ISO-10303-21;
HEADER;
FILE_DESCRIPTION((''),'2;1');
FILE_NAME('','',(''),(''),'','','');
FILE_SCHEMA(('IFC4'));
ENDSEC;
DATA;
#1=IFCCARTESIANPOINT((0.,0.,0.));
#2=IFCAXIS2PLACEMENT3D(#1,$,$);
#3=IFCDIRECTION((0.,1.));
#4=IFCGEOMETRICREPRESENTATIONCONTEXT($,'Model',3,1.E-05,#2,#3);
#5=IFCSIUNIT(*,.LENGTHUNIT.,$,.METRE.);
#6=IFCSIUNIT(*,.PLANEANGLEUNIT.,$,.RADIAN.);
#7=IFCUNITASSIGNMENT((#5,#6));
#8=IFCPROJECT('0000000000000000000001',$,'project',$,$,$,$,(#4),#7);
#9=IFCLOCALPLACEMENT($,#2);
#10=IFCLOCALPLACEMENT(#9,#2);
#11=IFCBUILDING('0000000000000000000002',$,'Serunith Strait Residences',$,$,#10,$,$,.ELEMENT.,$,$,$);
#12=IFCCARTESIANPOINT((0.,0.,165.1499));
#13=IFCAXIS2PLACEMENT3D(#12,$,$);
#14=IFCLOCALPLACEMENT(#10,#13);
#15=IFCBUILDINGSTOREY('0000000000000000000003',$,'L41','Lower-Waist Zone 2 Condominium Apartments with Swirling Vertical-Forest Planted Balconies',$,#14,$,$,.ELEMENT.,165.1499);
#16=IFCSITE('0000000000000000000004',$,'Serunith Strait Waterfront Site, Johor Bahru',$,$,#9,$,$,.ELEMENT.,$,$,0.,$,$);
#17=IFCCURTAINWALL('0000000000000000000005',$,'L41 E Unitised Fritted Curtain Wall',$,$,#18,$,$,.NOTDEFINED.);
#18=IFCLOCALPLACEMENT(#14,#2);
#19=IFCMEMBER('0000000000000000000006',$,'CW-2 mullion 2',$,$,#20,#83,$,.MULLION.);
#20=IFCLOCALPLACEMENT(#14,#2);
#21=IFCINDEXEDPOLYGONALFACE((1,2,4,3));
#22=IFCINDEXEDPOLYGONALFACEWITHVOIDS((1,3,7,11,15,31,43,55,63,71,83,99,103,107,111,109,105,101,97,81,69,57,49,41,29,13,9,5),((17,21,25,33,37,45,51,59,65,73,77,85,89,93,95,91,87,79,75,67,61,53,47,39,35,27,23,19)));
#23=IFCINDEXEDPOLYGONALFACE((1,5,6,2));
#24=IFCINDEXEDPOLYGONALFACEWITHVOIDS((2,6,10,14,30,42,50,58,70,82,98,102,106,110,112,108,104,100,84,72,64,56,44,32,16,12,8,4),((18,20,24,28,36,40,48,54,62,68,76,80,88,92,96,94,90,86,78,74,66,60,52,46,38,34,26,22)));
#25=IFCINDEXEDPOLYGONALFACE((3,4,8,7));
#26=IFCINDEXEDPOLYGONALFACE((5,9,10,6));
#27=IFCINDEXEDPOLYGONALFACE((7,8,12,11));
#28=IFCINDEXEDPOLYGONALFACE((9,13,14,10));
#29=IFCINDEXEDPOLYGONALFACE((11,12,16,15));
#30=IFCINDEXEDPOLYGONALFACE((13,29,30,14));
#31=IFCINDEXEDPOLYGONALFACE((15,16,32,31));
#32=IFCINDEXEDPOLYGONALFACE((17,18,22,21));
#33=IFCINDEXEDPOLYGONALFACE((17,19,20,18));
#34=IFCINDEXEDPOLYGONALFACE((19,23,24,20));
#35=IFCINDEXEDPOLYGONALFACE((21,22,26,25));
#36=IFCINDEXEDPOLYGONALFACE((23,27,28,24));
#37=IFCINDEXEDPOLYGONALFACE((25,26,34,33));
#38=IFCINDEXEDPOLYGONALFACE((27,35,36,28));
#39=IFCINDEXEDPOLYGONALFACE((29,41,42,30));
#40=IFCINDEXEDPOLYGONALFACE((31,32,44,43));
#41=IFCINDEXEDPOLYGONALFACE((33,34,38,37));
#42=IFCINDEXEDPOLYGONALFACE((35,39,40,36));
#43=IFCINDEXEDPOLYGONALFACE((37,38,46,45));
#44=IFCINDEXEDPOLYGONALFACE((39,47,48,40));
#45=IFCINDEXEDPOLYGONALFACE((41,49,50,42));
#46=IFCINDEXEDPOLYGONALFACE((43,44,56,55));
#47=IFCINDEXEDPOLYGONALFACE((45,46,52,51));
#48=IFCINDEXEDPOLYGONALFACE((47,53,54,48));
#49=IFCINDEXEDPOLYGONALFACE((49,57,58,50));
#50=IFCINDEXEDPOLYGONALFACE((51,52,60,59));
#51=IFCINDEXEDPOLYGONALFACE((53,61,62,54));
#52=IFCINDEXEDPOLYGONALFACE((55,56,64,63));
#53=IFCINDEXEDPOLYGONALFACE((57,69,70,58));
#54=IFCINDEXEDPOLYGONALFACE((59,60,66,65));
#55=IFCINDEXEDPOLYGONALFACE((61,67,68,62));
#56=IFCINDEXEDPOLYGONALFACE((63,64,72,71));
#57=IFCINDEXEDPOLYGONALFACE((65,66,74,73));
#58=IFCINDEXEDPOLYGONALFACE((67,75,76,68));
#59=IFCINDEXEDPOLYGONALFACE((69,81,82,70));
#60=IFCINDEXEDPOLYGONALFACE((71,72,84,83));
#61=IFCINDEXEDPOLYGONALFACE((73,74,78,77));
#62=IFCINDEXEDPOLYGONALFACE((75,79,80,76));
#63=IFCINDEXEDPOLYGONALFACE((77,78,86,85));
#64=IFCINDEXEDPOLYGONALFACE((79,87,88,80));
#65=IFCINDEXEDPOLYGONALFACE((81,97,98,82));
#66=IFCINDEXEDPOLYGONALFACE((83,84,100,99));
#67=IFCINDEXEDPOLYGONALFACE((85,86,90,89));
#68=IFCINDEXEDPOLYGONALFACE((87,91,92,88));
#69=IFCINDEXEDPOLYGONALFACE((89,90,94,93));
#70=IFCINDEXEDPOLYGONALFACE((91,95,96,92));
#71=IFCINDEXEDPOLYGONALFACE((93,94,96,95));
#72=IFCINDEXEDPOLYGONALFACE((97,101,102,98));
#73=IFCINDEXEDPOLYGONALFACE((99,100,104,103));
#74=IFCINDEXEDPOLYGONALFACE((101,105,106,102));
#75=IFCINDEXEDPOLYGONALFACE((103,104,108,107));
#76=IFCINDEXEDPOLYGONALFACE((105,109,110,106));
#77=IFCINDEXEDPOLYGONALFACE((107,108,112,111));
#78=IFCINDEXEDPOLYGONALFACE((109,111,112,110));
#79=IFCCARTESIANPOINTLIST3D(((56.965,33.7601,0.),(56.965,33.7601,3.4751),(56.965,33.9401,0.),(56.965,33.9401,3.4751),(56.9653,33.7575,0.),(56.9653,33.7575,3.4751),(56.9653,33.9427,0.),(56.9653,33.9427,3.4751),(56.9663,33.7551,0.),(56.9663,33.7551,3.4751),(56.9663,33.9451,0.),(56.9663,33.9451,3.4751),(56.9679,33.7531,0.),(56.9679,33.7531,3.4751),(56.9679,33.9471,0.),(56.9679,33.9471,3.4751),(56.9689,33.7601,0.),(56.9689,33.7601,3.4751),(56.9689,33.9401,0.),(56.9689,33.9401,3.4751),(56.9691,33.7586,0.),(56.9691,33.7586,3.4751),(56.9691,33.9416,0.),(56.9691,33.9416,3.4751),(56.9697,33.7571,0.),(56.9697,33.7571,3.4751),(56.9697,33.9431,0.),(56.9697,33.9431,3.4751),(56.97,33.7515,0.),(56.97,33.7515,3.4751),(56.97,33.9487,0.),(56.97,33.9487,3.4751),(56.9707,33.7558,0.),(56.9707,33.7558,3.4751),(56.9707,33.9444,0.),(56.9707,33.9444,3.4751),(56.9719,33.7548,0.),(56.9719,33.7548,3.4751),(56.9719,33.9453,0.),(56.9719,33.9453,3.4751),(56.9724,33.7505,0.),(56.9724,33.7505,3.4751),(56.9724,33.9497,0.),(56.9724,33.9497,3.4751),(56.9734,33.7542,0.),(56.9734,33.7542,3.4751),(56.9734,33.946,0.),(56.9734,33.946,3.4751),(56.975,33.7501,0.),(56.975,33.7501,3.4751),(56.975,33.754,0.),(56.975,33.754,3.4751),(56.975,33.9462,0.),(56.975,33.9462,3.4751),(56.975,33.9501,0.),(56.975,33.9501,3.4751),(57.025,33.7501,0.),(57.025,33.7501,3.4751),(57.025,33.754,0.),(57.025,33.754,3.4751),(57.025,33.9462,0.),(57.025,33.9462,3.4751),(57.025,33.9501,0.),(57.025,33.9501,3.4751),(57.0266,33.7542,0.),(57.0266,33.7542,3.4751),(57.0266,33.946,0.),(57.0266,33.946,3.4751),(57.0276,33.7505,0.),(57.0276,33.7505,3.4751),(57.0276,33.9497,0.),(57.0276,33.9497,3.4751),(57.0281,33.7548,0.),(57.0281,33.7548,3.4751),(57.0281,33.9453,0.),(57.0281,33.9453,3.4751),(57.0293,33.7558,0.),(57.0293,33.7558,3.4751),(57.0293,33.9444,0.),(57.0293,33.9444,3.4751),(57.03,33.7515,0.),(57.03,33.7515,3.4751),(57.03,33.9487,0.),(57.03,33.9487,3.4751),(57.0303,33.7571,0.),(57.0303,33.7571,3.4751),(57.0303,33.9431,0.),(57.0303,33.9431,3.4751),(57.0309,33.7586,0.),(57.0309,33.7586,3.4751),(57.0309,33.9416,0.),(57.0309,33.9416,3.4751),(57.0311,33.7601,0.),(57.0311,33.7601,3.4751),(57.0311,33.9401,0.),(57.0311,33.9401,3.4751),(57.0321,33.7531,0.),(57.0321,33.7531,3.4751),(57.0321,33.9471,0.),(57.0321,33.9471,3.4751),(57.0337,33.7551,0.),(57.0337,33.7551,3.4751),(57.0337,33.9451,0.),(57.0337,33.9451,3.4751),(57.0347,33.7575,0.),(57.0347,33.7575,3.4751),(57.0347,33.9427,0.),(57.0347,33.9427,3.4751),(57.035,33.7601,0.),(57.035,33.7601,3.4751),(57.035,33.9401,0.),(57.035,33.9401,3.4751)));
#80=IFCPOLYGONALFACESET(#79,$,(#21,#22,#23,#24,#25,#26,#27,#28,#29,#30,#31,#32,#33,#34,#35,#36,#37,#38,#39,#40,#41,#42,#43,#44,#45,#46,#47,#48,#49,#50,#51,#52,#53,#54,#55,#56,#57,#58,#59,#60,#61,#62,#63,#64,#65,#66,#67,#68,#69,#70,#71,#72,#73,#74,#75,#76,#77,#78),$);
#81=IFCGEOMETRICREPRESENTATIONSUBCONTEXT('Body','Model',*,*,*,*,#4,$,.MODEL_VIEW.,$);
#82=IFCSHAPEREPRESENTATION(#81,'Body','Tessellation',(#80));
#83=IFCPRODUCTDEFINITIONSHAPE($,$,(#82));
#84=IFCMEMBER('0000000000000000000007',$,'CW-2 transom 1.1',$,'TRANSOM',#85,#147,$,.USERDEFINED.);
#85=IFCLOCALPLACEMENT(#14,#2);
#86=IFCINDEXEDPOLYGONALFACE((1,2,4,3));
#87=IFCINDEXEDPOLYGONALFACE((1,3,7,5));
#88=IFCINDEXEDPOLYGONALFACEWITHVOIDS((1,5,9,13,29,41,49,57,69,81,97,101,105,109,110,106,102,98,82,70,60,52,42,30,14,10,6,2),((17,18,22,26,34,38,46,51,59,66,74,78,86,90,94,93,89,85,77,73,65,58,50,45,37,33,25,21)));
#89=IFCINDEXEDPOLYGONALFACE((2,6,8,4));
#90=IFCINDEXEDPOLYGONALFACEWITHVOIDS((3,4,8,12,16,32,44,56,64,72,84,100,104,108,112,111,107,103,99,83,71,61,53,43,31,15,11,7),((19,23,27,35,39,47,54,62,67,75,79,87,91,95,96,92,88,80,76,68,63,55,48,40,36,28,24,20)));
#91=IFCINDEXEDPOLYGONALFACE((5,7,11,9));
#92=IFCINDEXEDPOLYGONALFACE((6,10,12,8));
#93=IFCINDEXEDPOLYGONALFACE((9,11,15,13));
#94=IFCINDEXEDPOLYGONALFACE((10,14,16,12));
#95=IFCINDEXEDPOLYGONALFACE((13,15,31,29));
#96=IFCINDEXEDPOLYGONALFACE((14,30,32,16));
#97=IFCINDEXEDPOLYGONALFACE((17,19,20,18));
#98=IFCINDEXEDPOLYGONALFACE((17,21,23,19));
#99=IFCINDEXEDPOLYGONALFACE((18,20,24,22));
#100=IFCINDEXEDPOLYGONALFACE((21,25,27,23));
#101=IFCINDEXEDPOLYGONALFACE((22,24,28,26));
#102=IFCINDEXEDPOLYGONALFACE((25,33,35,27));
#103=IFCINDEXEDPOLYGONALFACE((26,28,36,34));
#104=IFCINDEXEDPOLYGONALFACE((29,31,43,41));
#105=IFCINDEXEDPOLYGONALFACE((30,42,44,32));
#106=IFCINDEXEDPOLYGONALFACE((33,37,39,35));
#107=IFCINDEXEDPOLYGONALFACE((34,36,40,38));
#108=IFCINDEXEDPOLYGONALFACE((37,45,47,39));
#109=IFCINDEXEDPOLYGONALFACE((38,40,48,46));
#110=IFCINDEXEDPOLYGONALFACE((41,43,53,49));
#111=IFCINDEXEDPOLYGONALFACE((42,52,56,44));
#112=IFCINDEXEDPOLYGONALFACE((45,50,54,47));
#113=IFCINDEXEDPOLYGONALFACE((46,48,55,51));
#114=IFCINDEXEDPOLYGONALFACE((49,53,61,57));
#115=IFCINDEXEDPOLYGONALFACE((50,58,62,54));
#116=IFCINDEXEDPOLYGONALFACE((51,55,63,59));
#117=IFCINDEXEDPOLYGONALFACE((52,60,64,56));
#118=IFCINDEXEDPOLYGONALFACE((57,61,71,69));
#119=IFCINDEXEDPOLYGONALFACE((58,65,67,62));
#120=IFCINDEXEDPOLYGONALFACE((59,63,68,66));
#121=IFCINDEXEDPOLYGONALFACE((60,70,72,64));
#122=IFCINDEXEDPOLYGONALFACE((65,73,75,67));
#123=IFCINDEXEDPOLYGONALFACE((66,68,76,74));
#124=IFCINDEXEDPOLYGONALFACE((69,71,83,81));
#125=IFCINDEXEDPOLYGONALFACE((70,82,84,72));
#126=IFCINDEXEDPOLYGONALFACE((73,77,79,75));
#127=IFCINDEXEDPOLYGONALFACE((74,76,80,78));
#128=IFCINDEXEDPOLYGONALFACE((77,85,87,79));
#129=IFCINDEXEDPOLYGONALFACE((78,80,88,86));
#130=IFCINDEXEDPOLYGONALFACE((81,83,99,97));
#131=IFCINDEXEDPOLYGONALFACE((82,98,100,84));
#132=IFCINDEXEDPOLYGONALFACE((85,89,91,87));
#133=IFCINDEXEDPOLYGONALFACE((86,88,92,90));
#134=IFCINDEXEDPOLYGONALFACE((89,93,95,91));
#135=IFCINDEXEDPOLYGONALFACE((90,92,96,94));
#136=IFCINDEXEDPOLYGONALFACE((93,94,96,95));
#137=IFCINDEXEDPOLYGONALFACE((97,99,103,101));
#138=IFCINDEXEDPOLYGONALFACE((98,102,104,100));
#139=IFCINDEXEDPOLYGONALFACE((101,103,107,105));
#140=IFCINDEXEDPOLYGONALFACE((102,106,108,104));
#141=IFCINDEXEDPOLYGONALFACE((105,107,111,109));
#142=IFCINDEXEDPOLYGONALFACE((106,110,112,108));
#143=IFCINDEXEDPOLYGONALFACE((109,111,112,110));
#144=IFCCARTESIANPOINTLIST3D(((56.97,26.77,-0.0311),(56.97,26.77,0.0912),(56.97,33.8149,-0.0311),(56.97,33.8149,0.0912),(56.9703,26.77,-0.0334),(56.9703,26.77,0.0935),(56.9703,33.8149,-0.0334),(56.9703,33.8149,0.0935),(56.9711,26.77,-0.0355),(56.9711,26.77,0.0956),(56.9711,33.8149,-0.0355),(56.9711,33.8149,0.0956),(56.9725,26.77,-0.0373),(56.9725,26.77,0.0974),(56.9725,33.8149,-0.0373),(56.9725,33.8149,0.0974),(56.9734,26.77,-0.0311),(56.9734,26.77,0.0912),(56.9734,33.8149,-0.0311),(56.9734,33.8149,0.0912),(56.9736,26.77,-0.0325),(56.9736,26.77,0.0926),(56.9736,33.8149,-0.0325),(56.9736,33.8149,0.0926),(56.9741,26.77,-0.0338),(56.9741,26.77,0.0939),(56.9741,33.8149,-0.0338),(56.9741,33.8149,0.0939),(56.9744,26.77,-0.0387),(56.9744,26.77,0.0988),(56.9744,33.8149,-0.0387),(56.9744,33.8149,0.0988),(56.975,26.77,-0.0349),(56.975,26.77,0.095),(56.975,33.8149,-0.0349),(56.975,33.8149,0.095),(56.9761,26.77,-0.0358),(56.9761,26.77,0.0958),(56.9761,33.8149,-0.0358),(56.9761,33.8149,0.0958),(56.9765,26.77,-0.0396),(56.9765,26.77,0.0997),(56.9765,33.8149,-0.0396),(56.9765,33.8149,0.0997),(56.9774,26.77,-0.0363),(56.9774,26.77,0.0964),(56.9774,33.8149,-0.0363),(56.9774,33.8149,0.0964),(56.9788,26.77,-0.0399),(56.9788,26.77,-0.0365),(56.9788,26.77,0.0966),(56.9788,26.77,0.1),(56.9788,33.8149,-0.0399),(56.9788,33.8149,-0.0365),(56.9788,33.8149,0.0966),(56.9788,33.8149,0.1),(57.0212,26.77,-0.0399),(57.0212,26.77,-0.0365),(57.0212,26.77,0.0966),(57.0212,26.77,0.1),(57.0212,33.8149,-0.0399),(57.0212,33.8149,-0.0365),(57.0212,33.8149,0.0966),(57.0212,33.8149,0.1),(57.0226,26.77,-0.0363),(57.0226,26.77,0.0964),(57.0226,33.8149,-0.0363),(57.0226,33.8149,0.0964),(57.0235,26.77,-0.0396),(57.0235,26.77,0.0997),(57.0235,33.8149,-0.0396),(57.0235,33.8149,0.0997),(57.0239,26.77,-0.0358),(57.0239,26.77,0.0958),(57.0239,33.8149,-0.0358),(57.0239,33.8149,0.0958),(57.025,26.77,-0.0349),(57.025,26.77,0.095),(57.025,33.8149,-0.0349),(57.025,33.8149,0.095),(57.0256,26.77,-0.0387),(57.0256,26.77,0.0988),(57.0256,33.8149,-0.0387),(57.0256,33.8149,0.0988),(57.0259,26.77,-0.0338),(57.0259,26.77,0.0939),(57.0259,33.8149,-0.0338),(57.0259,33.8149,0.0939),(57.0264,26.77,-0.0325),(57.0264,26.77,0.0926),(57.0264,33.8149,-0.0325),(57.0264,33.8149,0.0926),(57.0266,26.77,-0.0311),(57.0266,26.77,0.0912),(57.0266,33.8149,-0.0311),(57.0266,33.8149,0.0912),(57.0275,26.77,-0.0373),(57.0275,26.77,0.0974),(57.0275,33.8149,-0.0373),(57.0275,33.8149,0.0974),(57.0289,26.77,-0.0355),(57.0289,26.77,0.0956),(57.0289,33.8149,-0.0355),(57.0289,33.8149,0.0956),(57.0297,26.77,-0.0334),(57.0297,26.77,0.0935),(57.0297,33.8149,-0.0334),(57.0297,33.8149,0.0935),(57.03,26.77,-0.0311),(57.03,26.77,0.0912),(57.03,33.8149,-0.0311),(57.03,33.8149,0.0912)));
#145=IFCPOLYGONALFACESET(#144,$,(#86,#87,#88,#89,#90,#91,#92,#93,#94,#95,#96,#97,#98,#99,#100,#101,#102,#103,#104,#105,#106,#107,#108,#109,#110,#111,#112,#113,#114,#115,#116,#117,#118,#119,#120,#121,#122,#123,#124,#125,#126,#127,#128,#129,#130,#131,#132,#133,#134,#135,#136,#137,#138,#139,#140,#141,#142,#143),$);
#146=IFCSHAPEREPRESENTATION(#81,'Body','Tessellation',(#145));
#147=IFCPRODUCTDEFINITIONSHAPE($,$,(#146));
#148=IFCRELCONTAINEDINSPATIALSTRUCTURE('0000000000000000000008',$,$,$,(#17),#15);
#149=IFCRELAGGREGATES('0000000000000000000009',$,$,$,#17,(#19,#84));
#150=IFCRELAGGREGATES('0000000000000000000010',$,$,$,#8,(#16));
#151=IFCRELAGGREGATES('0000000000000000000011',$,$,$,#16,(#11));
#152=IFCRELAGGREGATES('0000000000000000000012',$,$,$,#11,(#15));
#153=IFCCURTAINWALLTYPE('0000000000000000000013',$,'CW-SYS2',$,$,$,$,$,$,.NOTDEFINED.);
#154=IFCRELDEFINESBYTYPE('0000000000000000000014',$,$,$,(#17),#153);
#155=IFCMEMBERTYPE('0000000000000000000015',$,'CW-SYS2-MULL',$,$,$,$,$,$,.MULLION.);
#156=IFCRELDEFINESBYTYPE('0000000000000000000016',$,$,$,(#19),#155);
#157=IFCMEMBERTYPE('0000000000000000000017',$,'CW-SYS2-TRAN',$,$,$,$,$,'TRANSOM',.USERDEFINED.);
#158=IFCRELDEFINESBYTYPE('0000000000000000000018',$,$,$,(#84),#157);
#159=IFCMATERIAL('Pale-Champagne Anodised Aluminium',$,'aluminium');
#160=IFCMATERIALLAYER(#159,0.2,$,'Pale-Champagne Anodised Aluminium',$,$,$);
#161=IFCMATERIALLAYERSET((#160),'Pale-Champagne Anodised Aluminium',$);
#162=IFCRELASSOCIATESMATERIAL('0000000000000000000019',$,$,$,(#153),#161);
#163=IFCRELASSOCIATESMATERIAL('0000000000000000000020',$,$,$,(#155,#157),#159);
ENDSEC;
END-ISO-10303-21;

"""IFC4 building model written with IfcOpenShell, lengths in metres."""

from ifc_helpers import new_model, si_unit, direction, frame, origin, origin_2d, place, context, subcontext, project, spatial, hollow_rectangle, extrude, source, transform, mapped, material, layer, layer_set, material_profile, profile_set, type_object, element, aggregate, save


model = new_model("IFC4")

# Units and contexts
model_context = context("Model", 3, precision=1e-05, world=origin(), true_north=direction((0.0, 1.0)))
body_context = subcontext(model_context, "Body", "Model", "MODEL_VIEW")
ifc_project = project(units=[si_unit("LENGTHUNIT", "METRE"), si_unit("PLANEANGLEUNIT", "RADIAN")], contexts=[model_context])

# Site, building, storey
site_placement = place(None, origin())
site = spatial("IfcSite", under=ifc_project, at=site_placement, Name="Serunith Strait Waterfront Site, Johor Bahru", CompositionType="ELEMENT", RefElevation=0.0)
building_placement = place(site_placement, origin())
building = spatial("IfcBuilding", under=site, at=building_placement, Name="Serunith Strait Residences", CompositionType="ELEMENT")
storey_placement = place(building_placement, frame((0.0, 0.0, 165.1499)))
storey = spatial("IfcBuildingStorey", under=building, at=storey_placement, Name="L41", Description="Lower-Waist Zone 2 Condominium Apartments with Swirling Vertical-Forest Planted Balconies", CompositionType="ELEMENT", Elevation=165.1499)

# Shared definitions
ifc_material_1 = material(Name="Pale-Champagne Anodised Aluminium", Category="aluminium")
ifc_layer_1 = layer(ifc_material_1, 0.2, Name="Pale-Champagne Anodised Aluminium")
ifc_layer_set_1 = layer_set([ifc_layer_1], Name="Pale-Champagne Anodised Aluminium")
curtain_wall_type = type_object("IfcCurtainWallType", Name="CW-SYS2", PredefinedType="NOTDEFINED", material=ifc_layer_set_1)
ifc_material_profile_1 = material_profile(ifc_material_1, hollow_rectangle(XDim=0.0701, YDim=0.2, WallThickness=0.0039, InnerFilletRadius=0.0061, OuterFilletRadius=0.01, at=origin_2d()), Name="ALU 200x70x4")
ifc_profile_set_1 = profile_set([ifc_material_profile_1], Name="Pale-Champagne Anodised Aluminium")
member_type_1 = type_object("IfcMemberType", Name="CW-SYS2-MULL", PredefinedType="MULLION", material=ifc_profile_set_1)
shared_shape_1 = source(origin(), body_context, "Body", "SweptSolid", [
    extrude(hollow_rectangle(XDim=0.0701, YDim=0.2, WallThickness=0.0039, InnerFilletRadius=0.0061, OuterFilletRadius=0.01, at=origin_2d()), origin(), (0.0, 0.0, 1.0), 3.4751),
])

# Curtain wall, members
curtain_wall_1_placement = place(storey_placement, origin())
curtain_wall_1 = element("IfcCurtainWall", 1, at=curtain_wall_1_placement, inside=storey, type_object=curtain_wall_type, Name="L41 E Unitised Fritted Curtain Wall", PredefinedType="NOTDEFINED")
member_1_placement = place(storey_placement, frame((57.0, 33.8501, 0.0), z_axis=(0.0, 0.0, 1.0), x_axis=(-1.0, 0.0, 0.0)))
member_1 = element("IfcMember", 2, at=member_1_placement, type_object=member_type_1, Name="CW-2 mullion 2", PredefinedType="MULLION", context=body_context, shape_type="MappedRepresentation", body=[
    mapped(shared_shape_1, transform((0.0, 0.0, 0.0), scale=1.0)),
])
ifc_material_profile_2 = material_profile(ifc_material_1, hollow_rectangle(XDim=0.0601, YDim=0.1399, WallThickness=0.0034, InnerFilletRadius=0.0054, OuterFilletRadius=0.0088, at=origin_2d()), Name="ALU 140x60x3.5")
ifc_profile_set_2 = profile_set([ifc_material_profile_2], Name="Pale-Champagne Anodised Aluminium")
member_type_2 = type_object("IfcMemberType", Name="CW-SYS2-TRAN", ElementType="TRANSOM", PredefinedType="USERDEFINED", material=ifc_profile_set_2)
shared_shape_2 = source(origin(), body_context, "Body", "SweptSolid", [
    extrude(hollow_rectangle(XDim=0.0601, YDim=0.1399, WallThickness=0.0034, InnerFilletRadius=0.0054, OuterFilletRadius=0.0088, at=origin_2d()), origin(), (0.0, 0.0, 1.0), 7.0449),
])
member_2_placement = place(storey_placement, frame((57.0, 26.77, 0.03), z_axis=(0.0, 1.0, 0.0), x_axis=(-1.0, 0.0, 0.0)))
member_2 = element("IfcMember", 3, at=member_2_placement, type_object=member_type_2, Name="CW-2 transom 1.1", ObjectType="TRANSOM", PredefinedType="USERDEFINED", context=body_context, shape_type="MappedRepresentation", body=[
    mapped(shared_shape_2, transform((0.0, 0.0, 0.0), scale=1.0)),
])
aggregate(curtain_wall_1, [member_1, member_2])

save(model, "model.ifc")
